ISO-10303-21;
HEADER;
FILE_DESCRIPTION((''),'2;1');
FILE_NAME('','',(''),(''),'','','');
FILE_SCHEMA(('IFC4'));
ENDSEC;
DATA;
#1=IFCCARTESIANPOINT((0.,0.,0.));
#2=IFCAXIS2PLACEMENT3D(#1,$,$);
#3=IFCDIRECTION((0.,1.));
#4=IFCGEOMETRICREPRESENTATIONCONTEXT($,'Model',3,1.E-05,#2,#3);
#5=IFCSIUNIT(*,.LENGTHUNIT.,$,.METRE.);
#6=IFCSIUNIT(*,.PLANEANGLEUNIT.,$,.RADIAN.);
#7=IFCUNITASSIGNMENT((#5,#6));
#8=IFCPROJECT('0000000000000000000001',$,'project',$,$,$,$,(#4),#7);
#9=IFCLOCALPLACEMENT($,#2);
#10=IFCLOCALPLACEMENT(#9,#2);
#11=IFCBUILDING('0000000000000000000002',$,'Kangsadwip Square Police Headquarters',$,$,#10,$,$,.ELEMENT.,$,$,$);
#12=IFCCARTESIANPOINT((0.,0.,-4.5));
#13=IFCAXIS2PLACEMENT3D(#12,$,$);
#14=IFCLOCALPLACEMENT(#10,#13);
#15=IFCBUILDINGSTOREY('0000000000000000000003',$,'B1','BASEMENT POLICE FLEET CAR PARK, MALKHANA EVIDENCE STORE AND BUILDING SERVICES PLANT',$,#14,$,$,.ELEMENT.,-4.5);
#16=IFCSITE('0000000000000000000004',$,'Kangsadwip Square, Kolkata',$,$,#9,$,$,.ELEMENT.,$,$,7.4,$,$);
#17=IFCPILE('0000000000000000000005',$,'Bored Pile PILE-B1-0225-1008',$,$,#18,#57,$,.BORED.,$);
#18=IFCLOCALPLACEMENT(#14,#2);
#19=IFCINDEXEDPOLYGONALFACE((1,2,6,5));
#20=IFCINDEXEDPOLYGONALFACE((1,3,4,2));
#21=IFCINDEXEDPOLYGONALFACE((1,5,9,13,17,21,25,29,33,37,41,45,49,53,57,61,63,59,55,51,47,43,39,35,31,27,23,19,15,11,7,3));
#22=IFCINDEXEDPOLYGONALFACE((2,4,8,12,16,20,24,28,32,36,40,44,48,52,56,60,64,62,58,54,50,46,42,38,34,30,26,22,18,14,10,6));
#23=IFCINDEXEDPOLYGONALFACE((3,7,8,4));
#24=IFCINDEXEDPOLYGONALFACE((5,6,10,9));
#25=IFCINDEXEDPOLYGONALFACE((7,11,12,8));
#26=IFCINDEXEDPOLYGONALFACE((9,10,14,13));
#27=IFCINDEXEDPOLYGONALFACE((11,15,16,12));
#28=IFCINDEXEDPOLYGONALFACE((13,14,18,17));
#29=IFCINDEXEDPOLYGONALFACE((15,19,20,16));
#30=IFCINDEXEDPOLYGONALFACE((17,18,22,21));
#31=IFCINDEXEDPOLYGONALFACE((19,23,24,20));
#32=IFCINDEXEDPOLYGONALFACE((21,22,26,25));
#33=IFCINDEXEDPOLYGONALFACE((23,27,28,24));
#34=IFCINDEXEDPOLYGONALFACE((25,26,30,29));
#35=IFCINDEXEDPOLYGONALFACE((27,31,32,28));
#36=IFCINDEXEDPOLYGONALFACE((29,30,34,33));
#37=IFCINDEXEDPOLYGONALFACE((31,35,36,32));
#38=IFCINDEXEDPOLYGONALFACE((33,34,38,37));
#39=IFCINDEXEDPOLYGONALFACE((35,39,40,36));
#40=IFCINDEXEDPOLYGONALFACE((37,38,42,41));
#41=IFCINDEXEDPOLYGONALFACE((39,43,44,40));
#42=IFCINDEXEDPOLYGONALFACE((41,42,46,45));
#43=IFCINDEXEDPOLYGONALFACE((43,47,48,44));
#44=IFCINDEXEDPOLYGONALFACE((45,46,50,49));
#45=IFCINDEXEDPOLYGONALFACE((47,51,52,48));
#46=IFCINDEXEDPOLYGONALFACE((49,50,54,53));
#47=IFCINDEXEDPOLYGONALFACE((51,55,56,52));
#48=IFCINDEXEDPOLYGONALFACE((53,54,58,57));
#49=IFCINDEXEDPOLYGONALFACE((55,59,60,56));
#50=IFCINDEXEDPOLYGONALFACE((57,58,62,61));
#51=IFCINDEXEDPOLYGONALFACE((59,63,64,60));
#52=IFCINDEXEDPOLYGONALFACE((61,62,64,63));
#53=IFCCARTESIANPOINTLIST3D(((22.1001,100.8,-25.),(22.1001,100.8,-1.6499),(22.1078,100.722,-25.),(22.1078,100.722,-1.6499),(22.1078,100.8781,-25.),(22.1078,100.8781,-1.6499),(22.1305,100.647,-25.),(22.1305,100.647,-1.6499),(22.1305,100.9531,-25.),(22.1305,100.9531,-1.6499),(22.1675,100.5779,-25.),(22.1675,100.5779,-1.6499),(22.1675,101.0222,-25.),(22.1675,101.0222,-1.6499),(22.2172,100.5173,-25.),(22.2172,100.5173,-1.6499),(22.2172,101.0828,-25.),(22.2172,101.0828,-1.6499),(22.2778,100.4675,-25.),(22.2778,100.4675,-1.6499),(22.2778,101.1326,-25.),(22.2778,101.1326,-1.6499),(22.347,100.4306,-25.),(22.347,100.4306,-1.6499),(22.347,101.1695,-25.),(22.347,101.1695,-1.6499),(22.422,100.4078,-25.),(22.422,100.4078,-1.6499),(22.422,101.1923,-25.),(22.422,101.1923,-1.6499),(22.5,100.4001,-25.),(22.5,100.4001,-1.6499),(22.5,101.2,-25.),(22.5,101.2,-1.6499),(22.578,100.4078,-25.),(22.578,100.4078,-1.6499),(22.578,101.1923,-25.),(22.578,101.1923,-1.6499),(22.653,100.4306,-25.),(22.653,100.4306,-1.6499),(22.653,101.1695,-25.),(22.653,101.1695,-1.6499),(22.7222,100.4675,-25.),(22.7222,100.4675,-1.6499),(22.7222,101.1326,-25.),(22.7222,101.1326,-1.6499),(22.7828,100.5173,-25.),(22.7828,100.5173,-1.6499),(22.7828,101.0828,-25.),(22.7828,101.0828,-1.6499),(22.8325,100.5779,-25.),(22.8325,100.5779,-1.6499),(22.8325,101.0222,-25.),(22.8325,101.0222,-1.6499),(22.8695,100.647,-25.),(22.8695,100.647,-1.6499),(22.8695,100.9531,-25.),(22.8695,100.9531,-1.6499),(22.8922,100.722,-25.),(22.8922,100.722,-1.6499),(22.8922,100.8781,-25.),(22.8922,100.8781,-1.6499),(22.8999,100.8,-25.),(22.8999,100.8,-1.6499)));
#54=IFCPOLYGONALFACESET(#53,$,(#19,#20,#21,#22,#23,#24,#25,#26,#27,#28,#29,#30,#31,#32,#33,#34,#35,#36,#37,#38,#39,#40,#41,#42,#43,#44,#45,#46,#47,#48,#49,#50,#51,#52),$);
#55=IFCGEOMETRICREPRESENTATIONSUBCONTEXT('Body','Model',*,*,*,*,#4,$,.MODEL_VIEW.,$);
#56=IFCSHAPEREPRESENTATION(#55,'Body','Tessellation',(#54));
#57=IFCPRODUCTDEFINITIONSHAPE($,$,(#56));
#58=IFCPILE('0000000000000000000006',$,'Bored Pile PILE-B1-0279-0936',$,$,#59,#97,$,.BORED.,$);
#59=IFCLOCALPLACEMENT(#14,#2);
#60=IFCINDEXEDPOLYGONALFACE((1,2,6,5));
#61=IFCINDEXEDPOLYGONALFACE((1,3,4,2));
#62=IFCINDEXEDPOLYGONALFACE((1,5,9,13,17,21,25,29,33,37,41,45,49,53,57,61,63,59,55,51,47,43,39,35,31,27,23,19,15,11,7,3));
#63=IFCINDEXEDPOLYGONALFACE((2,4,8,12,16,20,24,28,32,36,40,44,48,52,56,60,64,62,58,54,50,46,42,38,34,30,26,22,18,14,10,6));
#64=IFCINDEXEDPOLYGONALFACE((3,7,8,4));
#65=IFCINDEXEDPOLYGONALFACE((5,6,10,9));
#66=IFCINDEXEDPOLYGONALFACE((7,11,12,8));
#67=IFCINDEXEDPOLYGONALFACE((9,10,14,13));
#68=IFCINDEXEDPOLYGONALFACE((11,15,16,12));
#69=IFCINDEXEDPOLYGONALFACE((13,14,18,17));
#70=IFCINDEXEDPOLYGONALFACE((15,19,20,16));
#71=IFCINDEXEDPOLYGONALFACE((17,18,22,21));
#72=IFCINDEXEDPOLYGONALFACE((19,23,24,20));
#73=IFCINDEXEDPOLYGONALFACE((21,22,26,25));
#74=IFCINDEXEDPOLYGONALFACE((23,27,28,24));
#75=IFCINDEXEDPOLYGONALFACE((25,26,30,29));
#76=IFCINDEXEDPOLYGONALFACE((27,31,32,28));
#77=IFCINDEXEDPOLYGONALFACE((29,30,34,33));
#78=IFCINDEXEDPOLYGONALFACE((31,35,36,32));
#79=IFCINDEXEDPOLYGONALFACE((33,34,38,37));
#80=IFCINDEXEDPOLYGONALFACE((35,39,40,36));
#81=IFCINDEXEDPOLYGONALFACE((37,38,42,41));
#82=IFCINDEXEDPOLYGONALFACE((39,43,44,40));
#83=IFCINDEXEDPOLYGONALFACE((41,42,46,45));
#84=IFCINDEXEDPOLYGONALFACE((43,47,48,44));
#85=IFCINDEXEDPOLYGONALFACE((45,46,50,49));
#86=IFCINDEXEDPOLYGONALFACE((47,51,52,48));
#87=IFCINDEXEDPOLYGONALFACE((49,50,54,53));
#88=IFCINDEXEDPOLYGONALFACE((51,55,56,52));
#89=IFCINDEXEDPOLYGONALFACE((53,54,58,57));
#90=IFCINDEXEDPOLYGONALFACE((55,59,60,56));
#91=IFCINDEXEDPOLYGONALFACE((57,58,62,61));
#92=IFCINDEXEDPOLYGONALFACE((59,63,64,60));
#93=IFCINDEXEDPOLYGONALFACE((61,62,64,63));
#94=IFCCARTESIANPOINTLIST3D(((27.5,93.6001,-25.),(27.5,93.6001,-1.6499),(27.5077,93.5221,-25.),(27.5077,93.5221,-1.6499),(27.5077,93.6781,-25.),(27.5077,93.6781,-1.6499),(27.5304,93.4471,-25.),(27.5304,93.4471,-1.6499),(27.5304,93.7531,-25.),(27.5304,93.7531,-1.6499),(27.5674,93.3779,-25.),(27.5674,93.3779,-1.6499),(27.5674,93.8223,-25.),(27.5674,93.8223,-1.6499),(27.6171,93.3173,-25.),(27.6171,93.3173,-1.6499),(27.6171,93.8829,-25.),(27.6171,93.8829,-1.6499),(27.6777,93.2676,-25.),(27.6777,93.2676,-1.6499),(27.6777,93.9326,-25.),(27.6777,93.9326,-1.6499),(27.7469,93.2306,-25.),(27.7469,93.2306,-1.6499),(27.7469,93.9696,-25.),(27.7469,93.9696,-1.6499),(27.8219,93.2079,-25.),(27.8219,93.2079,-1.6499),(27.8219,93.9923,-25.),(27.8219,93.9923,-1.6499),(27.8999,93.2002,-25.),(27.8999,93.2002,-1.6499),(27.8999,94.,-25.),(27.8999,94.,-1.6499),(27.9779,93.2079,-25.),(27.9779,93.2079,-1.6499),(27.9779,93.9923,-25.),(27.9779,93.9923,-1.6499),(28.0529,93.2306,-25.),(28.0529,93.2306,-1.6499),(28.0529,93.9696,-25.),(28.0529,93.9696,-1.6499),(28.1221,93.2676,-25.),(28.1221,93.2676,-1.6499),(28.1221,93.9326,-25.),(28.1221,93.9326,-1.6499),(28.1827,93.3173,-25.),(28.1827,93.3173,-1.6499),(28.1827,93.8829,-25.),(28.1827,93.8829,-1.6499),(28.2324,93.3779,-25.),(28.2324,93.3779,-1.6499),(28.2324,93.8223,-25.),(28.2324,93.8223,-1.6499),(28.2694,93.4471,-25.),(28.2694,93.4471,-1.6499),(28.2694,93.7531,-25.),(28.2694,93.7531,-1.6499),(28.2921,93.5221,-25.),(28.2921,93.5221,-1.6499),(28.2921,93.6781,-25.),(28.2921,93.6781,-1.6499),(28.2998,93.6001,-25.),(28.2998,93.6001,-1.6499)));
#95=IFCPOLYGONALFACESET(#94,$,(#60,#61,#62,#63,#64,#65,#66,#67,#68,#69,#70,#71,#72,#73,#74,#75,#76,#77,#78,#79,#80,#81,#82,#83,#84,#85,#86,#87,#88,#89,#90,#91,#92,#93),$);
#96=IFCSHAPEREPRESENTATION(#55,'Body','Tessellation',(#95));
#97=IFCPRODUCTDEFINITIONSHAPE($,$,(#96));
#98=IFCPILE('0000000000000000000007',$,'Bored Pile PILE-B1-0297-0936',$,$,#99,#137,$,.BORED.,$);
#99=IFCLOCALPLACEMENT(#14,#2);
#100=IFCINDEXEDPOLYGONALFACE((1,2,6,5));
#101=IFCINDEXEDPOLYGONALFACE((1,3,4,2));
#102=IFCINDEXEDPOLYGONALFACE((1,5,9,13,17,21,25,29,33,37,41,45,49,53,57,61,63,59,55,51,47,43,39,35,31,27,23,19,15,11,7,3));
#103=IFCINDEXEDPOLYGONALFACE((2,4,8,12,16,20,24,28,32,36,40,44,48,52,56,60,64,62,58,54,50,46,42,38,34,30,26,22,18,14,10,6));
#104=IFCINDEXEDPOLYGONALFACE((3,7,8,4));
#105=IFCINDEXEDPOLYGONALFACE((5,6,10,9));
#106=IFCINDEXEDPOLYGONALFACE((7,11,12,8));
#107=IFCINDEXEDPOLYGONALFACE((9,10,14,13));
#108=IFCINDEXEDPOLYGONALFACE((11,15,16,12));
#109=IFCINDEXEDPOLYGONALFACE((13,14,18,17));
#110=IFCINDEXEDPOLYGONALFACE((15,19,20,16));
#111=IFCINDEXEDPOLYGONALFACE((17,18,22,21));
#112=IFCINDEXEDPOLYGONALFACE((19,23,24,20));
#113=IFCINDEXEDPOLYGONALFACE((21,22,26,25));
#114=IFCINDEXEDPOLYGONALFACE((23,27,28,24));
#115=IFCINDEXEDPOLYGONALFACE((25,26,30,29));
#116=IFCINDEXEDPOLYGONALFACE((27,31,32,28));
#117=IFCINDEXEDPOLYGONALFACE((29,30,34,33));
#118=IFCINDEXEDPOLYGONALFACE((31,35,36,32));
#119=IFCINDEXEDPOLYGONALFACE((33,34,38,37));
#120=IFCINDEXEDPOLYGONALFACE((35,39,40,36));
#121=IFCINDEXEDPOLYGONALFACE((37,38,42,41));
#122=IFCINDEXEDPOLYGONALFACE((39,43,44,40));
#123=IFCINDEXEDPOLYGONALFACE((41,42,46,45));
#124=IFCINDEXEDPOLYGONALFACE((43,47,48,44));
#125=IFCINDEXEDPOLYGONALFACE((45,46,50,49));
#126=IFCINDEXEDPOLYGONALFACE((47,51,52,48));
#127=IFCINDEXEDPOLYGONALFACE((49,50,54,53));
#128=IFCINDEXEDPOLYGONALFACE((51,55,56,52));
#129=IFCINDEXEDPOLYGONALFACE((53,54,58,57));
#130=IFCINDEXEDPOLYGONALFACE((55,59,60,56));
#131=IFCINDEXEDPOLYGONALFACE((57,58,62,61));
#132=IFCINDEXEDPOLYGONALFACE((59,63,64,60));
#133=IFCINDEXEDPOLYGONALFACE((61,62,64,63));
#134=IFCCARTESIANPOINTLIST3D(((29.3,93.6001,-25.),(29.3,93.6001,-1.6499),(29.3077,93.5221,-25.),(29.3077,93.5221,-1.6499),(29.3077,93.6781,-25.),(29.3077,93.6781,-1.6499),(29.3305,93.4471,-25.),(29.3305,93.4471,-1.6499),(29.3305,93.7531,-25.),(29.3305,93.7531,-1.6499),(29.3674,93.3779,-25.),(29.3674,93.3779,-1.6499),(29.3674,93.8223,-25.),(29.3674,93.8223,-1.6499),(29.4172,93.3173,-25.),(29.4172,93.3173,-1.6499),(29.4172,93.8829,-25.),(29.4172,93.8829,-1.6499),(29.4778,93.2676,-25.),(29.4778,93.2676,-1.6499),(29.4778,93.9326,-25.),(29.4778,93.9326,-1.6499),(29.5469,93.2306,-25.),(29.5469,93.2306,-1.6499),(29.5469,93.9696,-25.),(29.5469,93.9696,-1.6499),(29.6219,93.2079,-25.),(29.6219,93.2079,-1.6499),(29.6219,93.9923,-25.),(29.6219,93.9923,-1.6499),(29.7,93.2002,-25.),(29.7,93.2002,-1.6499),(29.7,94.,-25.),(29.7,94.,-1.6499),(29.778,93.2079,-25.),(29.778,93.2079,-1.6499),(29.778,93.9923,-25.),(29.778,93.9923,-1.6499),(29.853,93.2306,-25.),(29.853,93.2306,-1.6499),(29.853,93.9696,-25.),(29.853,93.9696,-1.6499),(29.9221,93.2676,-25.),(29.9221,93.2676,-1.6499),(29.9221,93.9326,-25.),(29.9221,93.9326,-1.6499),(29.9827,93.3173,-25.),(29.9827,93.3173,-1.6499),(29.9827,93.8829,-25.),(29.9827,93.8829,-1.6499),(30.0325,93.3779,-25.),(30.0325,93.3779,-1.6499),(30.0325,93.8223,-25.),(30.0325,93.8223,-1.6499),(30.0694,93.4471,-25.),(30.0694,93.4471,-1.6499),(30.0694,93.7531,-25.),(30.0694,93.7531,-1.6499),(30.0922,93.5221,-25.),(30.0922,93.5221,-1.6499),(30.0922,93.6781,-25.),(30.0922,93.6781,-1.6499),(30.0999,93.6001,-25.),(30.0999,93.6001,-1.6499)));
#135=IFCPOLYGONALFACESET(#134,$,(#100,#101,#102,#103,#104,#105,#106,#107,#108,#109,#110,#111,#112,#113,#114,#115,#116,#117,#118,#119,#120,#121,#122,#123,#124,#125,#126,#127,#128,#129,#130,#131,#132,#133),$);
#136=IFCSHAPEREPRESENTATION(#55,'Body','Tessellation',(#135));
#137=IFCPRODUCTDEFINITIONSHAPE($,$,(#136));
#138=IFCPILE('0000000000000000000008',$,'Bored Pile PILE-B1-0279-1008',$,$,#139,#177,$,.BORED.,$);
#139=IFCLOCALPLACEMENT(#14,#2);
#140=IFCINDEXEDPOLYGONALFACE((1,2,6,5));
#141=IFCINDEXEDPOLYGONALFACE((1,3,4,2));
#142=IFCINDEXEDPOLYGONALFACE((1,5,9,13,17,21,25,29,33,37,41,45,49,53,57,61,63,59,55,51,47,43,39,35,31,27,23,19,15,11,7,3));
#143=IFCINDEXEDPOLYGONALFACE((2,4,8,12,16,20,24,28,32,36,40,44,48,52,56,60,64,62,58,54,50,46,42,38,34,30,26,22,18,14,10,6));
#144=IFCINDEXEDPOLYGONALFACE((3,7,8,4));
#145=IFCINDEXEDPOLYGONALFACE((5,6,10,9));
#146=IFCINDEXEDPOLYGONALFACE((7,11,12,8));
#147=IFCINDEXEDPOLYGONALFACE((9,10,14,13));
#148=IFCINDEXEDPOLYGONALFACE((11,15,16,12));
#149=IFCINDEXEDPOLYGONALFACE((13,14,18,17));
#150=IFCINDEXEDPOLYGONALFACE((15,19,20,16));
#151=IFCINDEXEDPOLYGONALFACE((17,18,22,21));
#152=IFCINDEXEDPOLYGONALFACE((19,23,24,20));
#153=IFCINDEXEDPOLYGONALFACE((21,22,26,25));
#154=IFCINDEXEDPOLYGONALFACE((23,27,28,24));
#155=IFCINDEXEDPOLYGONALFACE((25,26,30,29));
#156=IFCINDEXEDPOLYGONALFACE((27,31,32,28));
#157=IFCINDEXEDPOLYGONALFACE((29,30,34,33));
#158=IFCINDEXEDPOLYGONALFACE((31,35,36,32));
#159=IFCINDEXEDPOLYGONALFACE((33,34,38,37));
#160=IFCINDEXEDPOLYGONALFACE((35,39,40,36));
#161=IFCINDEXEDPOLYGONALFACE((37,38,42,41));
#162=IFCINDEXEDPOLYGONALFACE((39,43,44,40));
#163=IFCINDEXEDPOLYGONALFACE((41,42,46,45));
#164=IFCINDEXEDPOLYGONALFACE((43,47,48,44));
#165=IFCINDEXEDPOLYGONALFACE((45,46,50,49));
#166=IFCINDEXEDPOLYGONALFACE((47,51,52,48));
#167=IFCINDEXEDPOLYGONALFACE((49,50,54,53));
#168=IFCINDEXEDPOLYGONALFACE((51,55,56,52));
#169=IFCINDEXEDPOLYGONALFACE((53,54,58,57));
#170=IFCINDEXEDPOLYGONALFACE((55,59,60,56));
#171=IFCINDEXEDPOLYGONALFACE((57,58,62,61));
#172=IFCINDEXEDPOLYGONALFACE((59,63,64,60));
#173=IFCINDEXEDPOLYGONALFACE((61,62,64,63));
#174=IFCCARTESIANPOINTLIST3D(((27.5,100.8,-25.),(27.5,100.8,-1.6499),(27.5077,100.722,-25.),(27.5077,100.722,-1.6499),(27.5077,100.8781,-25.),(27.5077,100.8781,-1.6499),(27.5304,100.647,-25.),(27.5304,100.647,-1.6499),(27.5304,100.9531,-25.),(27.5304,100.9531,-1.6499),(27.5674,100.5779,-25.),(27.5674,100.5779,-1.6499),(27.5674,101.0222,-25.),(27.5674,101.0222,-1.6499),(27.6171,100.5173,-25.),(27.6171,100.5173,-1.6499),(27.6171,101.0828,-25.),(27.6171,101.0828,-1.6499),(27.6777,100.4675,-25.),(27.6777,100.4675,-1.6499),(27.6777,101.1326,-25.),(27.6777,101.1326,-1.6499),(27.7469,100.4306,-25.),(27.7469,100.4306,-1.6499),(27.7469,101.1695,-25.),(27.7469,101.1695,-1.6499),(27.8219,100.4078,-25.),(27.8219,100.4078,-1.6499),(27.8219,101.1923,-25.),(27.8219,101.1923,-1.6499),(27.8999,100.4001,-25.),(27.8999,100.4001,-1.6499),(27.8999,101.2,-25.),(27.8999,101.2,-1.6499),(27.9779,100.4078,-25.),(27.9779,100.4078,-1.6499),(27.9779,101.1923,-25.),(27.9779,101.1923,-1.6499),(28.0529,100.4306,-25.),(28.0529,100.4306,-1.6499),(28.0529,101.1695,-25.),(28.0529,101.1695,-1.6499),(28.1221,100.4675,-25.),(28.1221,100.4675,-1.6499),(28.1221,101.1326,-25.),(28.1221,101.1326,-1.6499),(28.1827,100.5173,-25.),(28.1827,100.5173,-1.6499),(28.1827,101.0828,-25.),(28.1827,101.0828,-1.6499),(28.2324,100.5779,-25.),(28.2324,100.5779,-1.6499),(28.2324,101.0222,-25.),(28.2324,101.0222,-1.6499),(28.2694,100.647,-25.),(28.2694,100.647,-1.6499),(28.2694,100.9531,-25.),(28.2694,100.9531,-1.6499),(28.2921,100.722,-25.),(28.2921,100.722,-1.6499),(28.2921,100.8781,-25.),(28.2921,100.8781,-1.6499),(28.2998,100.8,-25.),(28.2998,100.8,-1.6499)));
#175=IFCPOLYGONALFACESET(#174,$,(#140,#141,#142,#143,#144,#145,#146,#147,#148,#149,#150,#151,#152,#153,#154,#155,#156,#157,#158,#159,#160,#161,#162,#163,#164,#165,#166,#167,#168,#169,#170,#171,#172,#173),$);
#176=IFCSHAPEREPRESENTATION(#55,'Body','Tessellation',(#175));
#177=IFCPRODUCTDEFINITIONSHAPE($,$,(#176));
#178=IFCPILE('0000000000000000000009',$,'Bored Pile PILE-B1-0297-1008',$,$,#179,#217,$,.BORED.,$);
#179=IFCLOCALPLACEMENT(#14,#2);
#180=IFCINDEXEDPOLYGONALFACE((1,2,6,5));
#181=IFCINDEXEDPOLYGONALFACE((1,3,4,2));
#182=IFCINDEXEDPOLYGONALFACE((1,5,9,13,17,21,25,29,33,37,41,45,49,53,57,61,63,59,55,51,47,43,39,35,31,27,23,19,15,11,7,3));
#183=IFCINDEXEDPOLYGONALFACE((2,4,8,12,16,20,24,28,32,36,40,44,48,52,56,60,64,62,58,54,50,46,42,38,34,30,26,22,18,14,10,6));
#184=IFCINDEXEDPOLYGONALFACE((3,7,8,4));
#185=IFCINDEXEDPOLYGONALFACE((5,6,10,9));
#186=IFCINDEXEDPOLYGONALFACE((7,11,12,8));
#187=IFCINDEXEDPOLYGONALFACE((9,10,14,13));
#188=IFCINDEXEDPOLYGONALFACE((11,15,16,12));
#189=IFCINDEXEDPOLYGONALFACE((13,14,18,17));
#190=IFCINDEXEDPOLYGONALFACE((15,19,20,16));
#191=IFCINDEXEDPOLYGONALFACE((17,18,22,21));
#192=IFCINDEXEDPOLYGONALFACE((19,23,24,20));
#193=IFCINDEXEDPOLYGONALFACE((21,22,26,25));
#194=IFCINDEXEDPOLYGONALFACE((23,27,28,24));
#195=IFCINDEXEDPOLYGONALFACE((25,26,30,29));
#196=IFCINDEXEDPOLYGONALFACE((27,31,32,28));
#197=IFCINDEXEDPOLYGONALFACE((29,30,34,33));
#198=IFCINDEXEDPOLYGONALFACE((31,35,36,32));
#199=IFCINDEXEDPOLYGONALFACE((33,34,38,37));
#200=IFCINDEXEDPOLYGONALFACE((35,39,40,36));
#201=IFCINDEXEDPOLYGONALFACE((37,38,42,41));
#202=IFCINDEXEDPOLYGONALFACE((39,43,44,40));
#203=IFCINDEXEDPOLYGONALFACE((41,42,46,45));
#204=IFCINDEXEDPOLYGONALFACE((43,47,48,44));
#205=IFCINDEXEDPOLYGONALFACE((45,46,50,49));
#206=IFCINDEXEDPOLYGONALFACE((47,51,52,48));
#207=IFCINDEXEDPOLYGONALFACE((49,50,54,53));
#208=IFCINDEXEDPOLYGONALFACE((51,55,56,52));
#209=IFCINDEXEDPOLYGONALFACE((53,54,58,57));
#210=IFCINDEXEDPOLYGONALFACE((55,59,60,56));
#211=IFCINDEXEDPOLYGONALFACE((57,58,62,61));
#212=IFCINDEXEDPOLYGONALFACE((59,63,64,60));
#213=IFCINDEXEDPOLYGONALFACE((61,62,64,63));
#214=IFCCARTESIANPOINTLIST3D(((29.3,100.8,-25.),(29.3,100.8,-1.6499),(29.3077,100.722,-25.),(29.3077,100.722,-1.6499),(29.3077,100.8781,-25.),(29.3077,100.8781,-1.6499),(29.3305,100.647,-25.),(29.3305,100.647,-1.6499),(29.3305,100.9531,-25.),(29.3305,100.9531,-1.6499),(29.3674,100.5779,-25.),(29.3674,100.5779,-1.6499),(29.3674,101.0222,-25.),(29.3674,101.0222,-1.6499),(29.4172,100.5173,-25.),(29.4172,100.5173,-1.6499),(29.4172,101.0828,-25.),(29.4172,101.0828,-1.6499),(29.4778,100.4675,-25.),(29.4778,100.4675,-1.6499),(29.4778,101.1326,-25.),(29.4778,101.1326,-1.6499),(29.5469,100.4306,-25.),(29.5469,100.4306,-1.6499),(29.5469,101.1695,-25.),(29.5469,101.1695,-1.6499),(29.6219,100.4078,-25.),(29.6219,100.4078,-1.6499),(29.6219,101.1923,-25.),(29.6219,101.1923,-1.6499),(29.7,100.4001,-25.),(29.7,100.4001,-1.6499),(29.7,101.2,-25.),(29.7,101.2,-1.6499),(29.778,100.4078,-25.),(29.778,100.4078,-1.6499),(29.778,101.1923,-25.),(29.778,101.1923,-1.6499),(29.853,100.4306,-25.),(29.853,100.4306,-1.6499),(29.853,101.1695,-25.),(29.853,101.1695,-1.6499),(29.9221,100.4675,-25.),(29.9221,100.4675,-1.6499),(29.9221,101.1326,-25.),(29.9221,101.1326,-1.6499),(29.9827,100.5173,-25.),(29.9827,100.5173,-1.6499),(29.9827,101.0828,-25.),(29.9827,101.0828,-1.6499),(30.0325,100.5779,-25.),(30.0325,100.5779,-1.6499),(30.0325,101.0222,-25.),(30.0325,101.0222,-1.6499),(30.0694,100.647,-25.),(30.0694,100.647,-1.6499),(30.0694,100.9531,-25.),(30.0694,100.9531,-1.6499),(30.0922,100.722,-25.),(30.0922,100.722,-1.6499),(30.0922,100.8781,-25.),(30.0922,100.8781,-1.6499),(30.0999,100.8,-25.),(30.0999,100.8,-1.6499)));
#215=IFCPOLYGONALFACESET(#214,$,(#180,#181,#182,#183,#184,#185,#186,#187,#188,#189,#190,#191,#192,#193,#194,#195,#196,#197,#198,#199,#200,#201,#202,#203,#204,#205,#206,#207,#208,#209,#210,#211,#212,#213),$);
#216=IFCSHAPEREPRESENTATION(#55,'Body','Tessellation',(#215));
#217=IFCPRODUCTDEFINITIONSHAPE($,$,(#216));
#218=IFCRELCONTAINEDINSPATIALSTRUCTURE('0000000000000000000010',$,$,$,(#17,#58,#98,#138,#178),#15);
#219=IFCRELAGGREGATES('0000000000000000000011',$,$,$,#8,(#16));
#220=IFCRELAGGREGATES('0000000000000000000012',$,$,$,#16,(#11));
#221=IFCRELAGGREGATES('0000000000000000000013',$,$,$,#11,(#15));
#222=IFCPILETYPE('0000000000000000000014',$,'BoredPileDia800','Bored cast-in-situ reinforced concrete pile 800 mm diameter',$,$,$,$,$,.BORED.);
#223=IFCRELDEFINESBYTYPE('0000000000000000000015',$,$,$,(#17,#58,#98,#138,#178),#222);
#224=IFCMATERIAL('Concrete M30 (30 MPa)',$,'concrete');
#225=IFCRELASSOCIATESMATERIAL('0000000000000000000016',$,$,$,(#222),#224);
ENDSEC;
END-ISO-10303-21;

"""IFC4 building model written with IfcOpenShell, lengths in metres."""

from ifc_helpers import new_model, si_unit, direction, frame, origin, origin_2d, place, context, subcontext, project, spatial, circle, extrude, material, material_profile, profile_set, type_object, element, save


model = new_model("IFC4")

# Units and contexts
model_context = context("Model", 3, precision=1e-05, world=origin(), true_north=direction((0.0, 1.0)))
body_context = subcontext(model_context, "Body", "Model", "MODEL_VIEW")
ifc_project = project(units=[si_unit("LENGTHUNIT", "METRE"), si_unit("PLANEANGLEUNIT", "RADIAN")], contexts=[model_context])

# Site, building, storey
site_placement = place(None, origin())
site = spatial("IfcSite", under=ifc_project, at=site_placement, Name="Kangsadwip Square, Kolkata", CompositionType="ELEMENT", RefElevation=7.4)
building_placement = place(site_placement, origin())
building = spatial("IfcBuilding", under=site, at=building_placement, Name="Kangsadwip Square Police Headquarters", CompositionType="ELEMENT")
storey_placement = place(building_placement, frame((0.0, 0.0, -4.5)))
storey = spatial("IfcBuildingStorey", under=building, at=storey_placement, Name="B1", Description="BASEMENT POLICE FLEET CAR PARK, MALKHANA EVIDENCE STORE AND BUILDING SERVICES PLANT", CompositionType="ELEMENT", Elevation=-4.5)

# Piles
ifc_material_1 = material(Name="Concrete M30 (30 MPa)", Category="concrete")
ifc_material_profile_1 = material_profile(ifc_material_1, circle(Radius=0.3999, at=origin_2d()), Name="PILE DIA 800")
ifc_profile_set_1 = profile_set([ifc_material_profile_1], Name="Concrete M30 (30 MPa)")
pile_type_1 = type_object("IfcPileType", Name="BoredPileDia800", Description="Bored cast-in-situ reinforced concrete pile 800 mm diameter", PredefinedType="BORED", material=ifc_profile_set_1)
for number, where, z_axis, x_axis, name in (
    (1, (22.5, 100.8, -1.6499), (0.0, 0.0, -1.0), (1.0, 0.0, 0.0), "Bored Pile PILE-B1-0225-1008"),
    (2, (27.8999, 93.6001, -1.6499), (0.0, 0.0, -1.0), (1.0, 0.0, 0.0), "Bored Pile PILE-B1-0279-0936"),
    (3, (29.7, 93.6001, -1.6499), (0.0, 0.0, -1.0), (1.0, 0.0, 0.0), "Bored Pile PILE-B1-0297-0936"),
    (4, (27.8999, 100.8, -1.6499), (0.0, 0.0, -1.0), (1.0, 0.0, 0.0), "Bored Pile PILE-B1-0279-1008"),
    (5, (29.7, 100.8, -1.6499), (0.0, 0.0, -1.0), (1.0, 0.0, 0.0), "Bored Pile PILE-B1-0297-1008"),
):
    element("IfcPile", number, at=place(storey_placement, frame(where, z_axis=z_axis, x_axis=x_axis)), inside=storey, type_object=pile_type_1, Name=name, PredefinedType="BORED", context=body_context, shape_type="SweptSolid", body=[
        extrude(circle(Radius=0.3999, at=origin_2d()), origin(), (0.0, 0.0, 1.0), 23.3501),
    ])

save(model, "model.ifc")
